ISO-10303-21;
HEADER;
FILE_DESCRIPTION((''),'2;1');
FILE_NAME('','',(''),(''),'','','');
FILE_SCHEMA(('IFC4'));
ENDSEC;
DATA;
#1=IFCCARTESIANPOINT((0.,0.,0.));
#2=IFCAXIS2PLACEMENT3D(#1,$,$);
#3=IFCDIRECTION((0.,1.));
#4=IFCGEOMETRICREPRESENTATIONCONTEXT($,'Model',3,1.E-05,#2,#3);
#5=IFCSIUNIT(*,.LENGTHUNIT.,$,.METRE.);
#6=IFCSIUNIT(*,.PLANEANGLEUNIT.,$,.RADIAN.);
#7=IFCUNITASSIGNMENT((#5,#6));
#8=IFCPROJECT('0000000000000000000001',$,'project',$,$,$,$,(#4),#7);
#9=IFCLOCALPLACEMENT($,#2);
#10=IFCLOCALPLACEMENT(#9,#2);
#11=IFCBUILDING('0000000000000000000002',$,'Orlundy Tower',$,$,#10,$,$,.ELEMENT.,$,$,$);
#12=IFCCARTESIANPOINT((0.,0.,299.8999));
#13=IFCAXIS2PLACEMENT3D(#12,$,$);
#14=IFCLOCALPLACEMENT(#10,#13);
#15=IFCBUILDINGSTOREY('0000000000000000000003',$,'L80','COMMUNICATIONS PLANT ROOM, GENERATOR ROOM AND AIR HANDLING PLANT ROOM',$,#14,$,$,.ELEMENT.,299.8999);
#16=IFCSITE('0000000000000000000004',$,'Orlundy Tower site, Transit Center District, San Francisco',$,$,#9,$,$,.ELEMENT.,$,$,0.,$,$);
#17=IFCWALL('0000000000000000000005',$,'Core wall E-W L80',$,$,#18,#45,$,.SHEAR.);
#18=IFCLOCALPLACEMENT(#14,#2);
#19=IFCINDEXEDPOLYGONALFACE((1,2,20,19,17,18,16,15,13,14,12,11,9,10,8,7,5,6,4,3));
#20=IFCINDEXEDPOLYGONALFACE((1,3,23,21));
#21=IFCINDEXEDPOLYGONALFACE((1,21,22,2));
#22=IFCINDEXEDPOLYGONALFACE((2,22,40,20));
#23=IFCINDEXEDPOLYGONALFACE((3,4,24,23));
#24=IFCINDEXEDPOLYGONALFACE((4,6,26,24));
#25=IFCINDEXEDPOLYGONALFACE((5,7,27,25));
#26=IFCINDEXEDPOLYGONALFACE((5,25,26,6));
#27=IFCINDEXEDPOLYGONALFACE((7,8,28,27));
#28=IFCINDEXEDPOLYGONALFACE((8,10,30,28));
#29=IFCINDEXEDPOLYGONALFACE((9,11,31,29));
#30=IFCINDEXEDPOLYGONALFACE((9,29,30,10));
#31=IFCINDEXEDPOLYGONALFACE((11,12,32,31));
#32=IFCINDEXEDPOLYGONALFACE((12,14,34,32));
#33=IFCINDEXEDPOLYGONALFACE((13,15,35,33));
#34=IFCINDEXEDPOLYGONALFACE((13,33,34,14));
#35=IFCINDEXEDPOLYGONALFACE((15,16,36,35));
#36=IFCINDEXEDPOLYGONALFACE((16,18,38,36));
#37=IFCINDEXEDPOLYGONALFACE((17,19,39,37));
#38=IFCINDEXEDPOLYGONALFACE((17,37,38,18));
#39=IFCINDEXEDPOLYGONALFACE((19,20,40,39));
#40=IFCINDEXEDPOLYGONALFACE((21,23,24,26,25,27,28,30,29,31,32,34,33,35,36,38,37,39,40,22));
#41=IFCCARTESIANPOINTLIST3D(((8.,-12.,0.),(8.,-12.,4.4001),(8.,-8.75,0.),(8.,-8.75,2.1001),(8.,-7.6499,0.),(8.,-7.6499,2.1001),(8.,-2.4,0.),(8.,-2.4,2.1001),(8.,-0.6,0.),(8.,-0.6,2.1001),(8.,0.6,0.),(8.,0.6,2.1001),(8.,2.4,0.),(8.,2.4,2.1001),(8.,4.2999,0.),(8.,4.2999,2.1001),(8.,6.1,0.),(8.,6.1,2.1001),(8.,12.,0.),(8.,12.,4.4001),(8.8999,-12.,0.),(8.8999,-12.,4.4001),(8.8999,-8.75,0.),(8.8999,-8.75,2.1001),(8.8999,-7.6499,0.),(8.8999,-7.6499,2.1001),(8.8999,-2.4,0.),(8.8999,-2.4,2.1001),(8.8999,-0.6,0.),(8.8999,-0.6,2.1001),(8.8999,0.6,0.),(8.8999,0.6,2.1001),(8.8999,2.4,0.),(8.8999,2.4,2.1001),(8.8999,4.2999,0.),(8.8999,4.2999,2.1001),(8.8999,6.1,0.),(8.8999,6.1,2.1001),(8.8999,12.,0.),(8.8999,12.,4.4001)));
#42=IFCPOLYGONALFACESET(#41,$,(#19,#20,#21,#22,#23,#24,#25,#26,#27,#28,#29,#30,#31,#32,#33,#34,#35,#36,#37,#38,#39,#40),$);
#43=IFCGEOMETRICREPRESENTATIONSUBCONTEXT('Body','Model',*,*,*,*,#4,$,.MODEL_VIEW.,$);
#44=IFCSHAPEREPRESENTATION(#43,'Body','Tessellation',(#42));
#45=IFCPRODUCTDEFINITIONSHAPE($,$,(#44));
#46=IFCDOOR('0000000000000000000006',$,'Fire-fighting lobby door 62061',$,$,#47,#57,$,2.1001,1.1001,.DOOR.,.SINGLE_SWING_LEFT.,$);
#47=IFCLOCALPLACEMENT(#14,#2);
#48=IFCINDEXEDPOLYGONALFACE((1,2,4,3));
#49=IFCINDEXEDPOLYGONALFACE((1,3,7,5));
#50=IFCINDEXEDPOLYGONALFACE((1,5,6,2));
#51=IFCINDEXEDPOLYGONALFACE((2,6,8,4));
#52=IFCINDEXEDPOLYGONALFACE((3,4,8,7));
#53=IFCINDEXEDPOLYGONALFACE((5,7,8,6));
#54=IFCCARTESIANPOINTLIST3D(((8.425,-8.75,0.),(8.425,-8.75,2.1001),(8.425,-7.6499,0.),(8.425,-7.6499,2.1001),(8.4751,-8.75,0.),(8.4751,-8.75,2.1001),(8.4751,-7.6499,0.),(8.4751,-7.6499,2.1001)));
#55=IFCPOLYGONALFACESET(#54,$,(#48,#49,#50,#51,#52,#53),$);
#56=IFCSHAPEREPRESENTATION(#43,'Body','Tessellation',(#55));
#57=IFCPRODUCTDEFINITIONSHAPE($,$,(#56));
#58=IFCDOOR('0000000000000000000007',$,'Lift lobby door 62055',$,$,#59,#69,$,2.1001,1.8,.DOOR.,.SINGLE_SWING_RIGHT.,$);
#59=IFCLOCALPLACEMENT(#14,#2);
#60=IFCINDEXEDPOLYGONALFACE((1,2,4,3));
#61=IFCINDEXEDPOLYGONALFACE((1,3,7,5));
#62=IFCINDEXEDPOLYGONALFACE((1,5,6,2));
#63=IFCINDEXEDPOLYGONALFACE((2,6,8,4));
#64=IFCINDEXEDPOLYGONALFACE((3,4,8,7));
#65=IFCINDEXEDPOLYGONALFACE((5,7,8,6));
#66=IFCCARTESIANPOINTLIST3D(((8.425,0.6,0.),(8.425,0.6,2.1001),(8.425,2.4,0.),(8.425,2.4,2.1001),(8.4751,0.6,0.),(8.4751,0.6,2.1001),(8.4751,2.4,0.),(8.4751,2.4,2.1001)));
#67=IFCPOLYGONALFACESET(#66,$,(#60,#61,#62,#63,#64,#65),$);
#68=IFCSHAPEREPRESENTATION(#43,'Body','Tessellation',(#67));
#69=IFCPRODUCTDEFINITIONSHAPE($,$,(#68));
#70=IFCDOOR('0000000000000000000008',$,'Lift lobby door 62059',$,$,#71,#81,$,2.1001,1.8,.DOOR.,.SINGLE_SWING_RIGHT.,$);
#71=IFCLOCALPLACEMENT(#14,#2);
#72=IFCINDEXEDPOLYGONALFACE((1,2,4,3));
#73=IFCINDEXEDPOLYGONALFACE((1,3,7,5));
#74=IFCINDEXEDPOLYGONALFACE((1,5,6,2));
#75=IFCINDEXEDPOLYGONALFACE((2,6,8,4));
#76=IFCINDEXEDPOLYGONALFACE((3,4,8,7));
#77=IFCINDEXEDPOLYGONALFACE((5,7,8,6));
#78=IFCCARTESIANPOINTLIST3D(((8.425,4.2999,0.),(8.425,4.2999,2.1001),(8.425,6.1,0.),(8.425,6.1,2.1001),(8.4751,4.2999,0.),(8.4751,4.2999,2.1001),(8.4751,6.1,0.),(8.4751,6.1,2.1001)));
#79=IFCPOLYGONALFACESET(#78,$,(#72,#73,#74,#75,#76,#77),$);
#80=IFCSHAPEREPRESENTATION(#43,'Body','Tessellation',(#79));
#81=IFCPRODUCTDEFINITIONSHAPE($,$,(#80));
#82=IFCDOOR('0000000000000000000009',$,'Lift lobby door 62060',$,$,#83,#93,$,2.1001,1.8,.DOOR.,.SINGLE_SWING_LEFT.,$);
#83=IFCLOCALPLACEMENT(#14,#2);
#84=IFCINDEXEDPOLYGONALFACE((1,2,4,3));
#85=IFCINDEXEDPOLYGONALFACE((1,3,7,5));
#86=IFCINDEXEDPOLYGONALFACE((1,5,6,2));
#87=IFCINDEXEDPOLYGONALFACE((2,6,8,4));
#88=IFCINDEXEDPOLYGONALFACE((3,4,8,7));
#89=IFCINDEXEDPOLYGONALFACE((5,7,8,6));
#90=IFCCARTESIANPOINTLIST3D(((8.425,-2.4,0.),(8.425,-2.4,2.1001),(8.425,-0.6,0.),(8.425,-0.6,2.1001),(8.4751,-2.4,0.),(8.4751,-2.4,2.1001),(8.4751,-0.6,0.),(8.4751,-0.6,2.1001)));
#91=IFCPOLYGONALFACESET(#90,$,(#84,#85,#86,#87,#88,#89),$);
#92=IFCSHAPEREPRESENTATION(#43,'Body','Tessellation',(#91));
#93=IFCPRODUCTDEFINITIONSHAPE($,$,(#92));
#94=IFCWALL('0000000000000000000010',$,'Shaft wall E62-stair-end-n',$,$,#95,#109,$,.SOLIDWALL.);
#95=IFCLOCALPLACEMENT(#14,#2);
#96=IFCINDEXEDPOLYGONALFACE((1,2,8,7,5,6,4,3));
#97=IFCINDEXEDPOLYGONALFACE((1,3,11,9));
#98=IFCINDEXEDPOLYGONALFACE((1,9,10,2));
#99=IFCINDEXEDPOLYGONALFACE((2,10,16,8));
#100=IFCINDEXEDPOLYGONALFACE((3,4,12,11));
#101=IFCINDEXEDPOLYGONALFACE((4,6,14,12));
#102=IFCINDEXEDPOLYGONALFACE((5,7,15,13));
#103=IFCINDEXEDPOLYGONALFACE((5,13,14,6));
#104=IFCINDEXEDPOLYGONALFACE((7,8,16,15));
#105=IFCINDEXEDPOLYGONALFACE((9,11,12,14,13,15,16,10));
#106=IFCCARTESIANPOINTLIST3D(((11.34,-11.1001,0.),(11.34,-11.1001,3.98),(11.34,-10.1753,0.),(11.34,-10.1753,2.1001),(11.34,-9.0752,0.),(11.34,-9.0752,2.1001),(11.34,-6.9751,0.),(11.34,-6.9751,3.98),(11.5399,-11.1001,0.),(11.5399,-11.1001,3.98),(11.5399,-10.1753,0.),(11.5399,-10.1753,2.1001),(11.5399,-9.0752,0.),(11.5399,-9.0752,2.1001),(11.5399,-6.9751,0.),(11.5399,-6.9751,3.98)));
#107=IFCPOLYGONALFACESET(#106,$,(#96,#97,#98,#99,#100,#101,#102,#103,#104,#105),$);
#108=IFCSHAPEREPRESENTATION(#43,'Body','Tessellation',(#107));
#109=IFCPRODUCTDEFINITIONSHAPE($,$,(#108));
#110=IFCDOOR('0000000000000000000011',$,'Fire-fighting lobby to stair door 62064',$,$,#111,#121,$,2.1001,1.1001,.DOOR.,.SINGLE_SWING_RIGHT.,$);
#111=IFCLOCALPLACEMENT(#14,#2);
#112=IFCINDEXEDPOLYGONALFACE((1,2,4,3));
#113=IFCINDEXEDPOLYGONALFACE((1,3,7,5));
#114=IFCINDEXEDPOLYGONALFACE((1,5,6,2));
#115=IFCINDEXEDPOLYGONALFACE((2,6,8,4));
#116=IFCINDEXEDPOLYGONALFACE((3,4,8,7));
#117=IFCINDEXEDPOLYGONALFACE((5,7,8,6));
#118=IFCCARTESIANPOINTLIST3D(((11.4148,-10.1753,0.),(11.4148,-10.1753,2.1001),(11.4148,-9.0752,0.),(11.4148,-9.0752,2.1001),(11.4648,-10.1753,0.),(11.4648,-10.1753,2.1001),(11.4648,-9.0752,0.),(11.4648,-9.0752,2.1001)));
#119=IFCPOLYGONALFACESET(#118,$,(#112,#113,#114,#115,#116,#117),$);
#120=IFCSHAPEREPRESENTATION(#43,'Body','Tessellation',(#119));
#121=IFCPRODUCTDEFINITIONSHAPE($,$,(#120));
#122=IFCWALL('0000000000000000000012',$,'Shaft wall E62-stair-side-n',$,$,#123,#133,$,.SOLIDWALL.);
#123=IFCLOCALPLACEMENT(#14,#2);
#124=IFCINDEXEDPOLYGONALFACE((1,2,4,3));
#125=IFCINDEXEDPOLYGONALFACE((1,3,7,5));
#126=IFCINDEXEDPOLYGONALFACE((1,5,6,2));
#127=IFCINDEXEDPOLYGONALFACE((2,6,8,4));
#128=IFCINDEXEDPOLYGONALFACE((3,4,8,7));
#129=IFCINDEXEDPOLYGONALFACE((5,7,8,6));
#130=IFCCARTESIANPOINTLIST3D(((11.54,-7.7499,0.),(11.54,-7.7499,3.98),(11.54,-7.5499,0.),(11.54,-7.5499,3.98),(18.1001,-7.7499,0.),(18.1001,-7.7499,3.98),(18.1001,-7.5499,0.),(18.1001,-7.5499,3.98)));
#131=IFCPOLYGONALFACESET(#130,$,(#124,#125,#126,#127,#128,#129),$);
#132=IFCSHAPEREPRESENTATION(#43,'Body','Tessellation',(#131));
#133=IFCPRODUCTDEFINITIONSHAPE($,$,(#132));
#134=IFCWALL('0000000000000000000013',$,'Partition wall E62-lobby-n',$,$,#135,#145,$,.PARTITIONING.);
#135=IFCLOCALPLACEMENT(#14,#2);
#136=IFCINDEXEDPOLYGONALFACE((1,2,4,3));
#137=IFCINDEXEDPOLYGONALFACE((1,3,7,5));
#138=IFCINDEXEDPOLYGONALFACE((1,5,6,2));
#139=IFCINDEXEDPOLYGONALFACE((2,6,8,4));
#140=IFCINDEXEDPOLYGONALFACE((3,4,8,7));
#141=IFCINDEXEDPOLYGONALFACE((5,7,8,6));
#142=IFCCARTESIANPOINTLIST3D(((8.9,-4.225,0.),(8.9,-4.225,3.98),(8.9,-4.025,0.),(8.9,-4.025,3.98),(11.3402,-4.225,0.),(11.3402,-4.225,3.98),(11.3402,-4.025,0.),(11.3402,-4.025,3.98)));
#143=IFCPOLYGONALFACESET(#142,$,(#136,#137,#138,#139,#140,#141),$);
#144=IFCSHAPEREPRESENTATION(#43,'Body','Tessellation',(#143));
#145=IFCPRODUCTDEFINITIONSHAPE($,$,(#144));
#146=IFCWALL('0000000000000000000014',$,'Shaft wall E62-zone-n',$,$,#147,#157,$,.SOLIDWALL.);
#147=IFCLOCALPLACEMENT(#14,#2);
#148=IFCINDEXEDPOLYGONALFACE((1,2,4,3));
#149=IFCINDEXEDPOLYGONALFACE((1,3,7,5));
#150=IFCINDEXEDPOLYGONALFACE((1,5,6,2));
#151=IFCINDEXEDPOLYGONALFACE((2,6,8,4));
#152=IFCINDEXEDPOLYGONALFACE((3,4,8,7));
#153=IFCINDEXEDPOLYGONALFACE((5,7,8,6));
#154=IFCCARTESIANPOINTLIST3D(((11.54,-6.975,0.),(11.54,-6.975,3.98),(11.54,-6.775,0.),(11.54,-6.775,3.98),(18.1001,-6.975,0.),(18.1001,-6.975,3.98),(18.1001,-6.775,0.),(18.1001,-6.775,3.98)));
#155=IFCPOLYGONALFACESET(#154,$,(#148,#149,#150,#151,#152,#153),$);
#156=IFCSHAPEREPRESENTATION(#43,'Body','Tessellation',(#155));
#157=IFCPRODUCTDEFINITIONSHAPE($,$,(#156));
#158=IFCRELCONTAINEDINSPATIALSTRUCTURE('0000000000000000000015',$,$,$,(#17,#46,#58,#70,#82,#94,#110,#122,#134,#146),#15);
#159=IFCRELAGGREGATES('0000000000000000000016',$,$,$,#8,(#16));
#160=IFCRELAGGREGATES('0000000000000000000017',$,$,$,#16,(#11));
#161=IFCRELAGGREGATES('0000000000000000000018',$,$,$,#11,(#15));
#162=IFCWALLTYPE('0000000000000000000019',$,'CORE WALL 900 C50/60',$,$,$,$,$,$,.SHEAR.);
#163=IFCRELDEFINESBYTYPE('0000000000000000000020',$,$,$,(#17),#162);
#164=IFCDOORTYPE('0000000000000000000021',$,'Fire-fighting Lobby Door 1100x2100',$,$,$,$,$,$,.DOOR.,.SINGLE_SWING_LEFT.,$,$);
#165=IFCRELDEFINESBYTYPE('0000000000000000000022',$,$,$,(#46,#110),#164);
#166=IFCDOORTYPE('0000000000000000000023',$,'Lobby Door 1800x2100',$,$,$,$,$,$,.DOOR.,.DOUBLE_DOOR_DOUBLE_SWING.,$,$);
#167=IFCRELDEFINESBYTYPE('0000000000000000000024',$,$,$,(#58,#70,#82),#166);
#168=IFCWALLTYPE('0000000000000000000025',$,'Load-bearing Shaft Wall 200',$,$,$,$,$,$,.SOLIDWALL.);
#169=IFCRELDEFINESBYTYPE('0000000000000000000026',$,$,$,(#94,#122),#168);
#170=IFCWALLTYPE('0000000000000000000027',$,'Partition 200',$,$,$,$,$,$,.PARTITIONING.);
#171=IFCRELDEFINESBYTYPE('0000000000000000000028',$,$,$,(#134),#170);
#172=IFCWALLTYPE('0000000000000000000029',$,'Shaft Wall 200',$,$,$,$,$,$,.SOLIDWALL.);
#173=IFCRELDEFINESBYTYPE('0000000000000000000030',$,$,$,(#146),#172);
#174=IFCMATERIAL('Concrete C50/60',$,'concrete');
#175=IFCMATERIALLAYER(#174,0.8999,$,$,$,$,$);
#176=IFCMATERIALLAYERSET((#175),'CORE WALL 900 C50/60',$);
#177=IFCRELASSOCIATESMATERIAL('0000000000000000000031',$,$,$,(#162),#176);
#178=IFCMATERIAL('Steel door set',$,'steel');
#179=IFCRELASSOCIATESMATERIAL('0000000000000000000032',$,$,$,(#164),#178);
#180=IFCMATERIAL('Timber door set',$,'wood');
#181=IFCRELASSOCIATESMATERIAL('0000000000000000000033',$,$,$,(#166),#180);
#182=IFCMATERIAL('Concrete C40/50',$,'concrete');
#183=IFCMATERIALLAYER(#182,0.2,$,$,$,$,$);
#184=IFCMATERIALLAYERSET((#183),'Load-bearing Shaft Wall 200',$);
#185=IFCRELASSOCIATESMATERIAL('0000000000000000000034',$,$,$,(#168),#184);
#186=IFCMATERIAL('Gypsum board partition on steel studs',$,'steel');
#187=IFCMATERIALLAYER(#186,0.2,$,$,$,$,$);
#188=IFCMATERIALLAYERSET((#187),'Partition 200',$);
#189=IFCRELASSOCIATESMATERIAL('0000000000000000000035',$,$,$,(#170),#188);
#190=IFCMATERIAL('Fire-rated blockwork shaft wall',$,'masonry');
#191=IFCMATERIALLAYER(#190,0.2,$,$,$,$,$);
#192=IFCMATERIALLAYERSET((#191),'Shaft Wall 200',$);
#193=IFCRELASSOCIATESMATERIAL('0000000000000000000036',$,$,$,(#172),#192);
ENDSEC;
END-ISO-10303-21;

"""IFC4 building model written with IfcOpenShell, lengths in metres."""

from ifc_helpers import new_model, si_unit, direction, frame, frame_2d, origin, place, context, subcontext, project, spatial, rectangle, extrude, material, layer, layer_set, type_object, element, fill, save


model = new_model("IFC4")

# Units and contexts
model_context = context("Model", 3, precision=1e-05, world=origin(), true_north=direction((0.0, 1.0)))
body_context = subcontext(model_context, "Body", "Model", "MODEL_VIEW")
ifc_project = project(units=[si_unit("LENGTHUNIT", "METRE"), si_unit("PLANEANGLEUNIT", "RADIAN")], contexts=[model_context])

# Site, building, storey
site_placement = place(None, origin())
site = spatial("IfcSite", under=ifc_project, at=site_placement, Name="Orlundy Tower site, Transit Center District, San Francisco", CompositionType="ELEMENT", RefElevation=0.0)
building_placement = place(site_placement, origin())
building = spatial("IfcBuilding", under=site, at=building_placement, Name="Orlundy Tower", CompositionType="ELEMENT")
storey_placement = place(building_placement, frame((0.0, 0.0, 299.8999)))
storey = spatial("IfcBuildingStorey", under=building, at=storey_placement, Name="L80", Description="COMMUNICATIONS PLANT ROOM, GENERATOR ROOM AND AIR HANDLING PLANT ROOM", CompositionType="ELEMENT", Elevation=299.8999)

# Shared definitions
ifc_material_1 = material(Name="Concrete C50/60", Category="concrete")
ifc_layer_1 = layer(ifc_material_1, 0.8999)
ifc_layer_set_1 = layer_set([ifc_layer_1], Name="CORE WALL 900 C50/60")
wall_type_1 = type_object("IfcWallType", Name="CORE WALL 900 C50/60", PredefinedType="SHEAR", material=ifc_layer_set_1)

# Wall, openings, doors
wall_1_placement = place(storey_placement, frame((8.45, -12.0, 0.0), z_axis=(0.0, 0.0, 1.0), x_axis=(0.0, 1.0, 0.0)))
wall_1 = element("IfcWall", 1, at=wall_1_placement, inside=storey, type_object=wall_type_1, Name="Core wall E-W L80", PredefinedType="SHEAR", context=body_context, shape_type="SweptSolid", body=[
    extrude(rectangle(XDim=24.0, YDim=0.8999, at=frame_2d((12.0, 0.0))), origin(), (0.0, 0.0, 1.0), 4.4001),
])
opening_1_placement = place(wall_1_placement, frame((12.6001, 0.0, 0.0)))
opening_1 = element("IfcOpeningElement", 2, at=opening_1_placement, cuts=wall_1, PredefinedType="OPENING", context=body_context, shape_type="SweptSolid", body=[
    extrude(rectangle(XDim=1.8, YDim=2.1001, at=frame_2d((0.8999, 1.05))), frame((0.0, 0.46, 0.0), z_axis=(0.0, -1.0, 0.0), x_axis=(1.0, 0.0, 0.0)), (0.0, 0.0, 1.0), 0.9199),
])
opening_2_placement = place(wall_1_placement, frame((16.3, 0.0, 0.0)))
opening_2 = element("IfcOpeningElement", 3, at=opening_2_placement, cuts=wall_1, PredefinedType="OPENING", context=body_context, shape_type="SweptSolid", body=[
    extrude(rectangle(XDim=1.8, YDim=2.1001, at=frame_2d((0.8999, 1.05))), frame((0.0, 0.46, 0.0), z_axis=(0.0, -1.0, 0.0), x_axis=(1.0, 0.0, 0.0)), (0.0, 0.0, 1.0), 0.9199),
])
opening_3_placement = place(wall_1_placement, frame((9.6001, 0.0, 0.0)))
opening_3 = element("IfcOpeningElement", 4, at=opening_3_placement, cuts=wall_1, PredefinedType="OPENING", context=body_context, shape_type="SweptSolid", body=[
    extrude(rectangle(XDim=1.8, YDim=2.1001, at=frame_2d((0.8999, 1.05))), frame((0.0, 0.46, 0.0), z_axis=(0.0, -1.0, 0.0), x_axis=(1.0, 0.0, 0.0)), (0.0, 0.0, 1.0), 0.9199),
])
opening_4_placement = place(wall_1_placement, frame((3.25, 0.0, 0.0)))
opening_4 = element("IfcOpeningElement", 5, at=opening_4_placement, cuts=wall_1, PredefinedType="OPENING", context=body_context, shape_type="SweptSolid", body=[
    extrude(rectangle(XDim=1.1001, YDim=2.1001, at=frame_2d((0.55, 1.05))), frame((0.0, 0.46, 0.0), z_axis=(0.0, -1.0, 0.0), x_axis=(1.0, 0.0, 0.0)), (0.0, 0.0, 1.0), 0.9199),
])
ifc_material_2 = material(Name="Steel door set", Category="steel")
door_type_1 = type_object("IfcDoorType", Name="Fire-fighting Lobby Door 1100x2100", OperationType="SINGLE_SWING_LEFT", PredefinedType="DOOR", material=ifc_material_2)
door_1_placement = place(opening_4_placement, origin())
door_1 = element("IfcDoor", 6, at=door_1_placement, inside=storey, type_object=door_type_1, Name="Fire-fighting lobby door 62061", OperationType="SINGLE_SWING_LEFT", OverallHeight=2.1001, OverallWidth=1.1001, PredefinedType="DOOR", context=body_context, shape_type="SweptSolid", body=[
    extrude(rectangle(XDim=1.1001, YDim=2.1001, at=frame_2d((0.55, 1.05))), frame((0.0, 0.0249, 0.0), z_axis=(0.0, -1.0, 0.0), x_axis=(1.0, 0.0, 0.0)), (0.0, 0.0, 1.0), 0.05),
])
fill(opening_4, door_1)
ifc_material_3 = material(Name="Timber door set", Category="wood")
door_type_2 = type_object("IfcDoorType", Name="Lobby Door 1800x2100", OperationType="DOUBLE_DOOR_DOUBLE_SWING", PredefinedType="DOOR", material=ifc_material_3)
door_2_placement = place(opening_1_placement, origin())
door_2 = element("IfcDoor", 7, at=door_2_placement, inside=storey, type_object=door_type_2, Name="Lift lobby door 62055", OperationType="SINGLE_SWING_RIGHT", OverallHeight=2.1001, OverallWidth=1.8, PredefinedType="DOOR", context=body_context, shape_type="SweptSolid", body=[
    extrude(rectangle(XDim=1.8, YDim=2.1001, at=frame_2d((0.8999, 1.05))), frame((0.0, 0.0249, 0.0), z_axis=(0.0, -1.0, 0.0), x_axis=(1.0, 0.0, 0.0)), (0.0, 0.0, 1.0), 0.05),
])
fill(opening_1, door_2)
door_3_placement = place(opening_2_placement, origin())
door_3 = element("IfcDoor", 8, at=door_3_placement, inside=storey, type_object=door_type_2, Name="Lift lobby door 62059", OperationType="SINGLE_SWING_RIGHT", OverallHeight=2.1001, OverallWidth=1.8, PredefinedType="DOOR", context=body_context, shape_type="SweptSolid", body=[
    extrude(rectangle(XDim=1.8, YDim=2.1001, at=frame_2d((0.8999, 1.05))), frame((0.0, 0.0249, 0.0), z_axis=(0.0, -1.0, 0.0), x_axis=(1.0, 0.0, 0.0)), (0.0, 0.0, 1.0), 0.05),
])
fill(opening_2, door_3)
door_4_placement = place(opening_3_placement, origin())
door_4 = element("IfcDoor", 9, at=door_4_placement, inside=storey, type_object=door_type_2, Name="Lift lobby door 62060", OperationType="SINGLE_SWING_LEFT", OverallHeight=2.1001, OverallWidth=1.8, PredefinedType="DOOR", context=body_context, shape_type="SweptSolid", body=[
    extrude(rectangle(XDim=1.8, YDim=2.1001, at=frame_2d((0.8999, 1.05))), frame((0.0, 0.0249, 0.0), z_axis=(0.0, -1.0, 0.0), x_axis=(1.0, 0.0, 0.0)), (0.0, 0.0, 1.0), 0.05),
])
fill(opening_3, door_4)

# Wall, opening, door
ifc_material_4 = material(Name="Concrete C40/50", Category="concrete")
ifc_layer_2 = layer(ifc_material_4, 0.2)
ifc_layer_set_2 = layer_set([ifc_layer_2], Name="Load-bearing Shaft Wall 200")
wall_type_2 = type_object("IfcWallType", Name="Load-bearing Shaft Wall 200", PredefinedType="SOLIDWALL", material=ifc_layer_set_2)
wall_2_placement = place(storey_placement, frame((11.4399, -6.9751, 0.0), z_axis=(0.0, 0.0, 1.0), x_axis=(0.0, -1.0, 0.0)))
wall_2 = element("IfcWall", 10, at=wall_2_placement, inside=storey, type_object=wall_type_2, Name="Shaft wall E62-stair-end-n", PredefinedType="SOLIDWALL", context=body_context, shape_type="SweptSolid", body=[
    extrude(rectangle(XDim=4.125, YDim=0.2, at=frame_2d((2.0625, 0.0))), origin(), (0.0, 0.0, 1.0), 3.98),
])
opening_5_placement = place(wall_2_placement, frame((2.1001, 0.0, 0.0)))
opening_5 = element("IfcOpeningElement", 11, at=opening_5_placement, cuts=wall_2, PredefinedType="OPENING", context=body_context, shape_type="SweptSolid", body=[
    extrude(rectangle(XDim=1.1001, YDim=2.1001, at=frame_2d((0.55, 1.05))), frame((0.0, 0.1101, 0.0), z_axis=(0.0, -1.0, 0.0), x_axis=(1.0, 0.0, 0.0)), (0.0, 0.0, 1.0), 0.2202),
])
door_5_placement = place(opening_5_placement, origin())
door_5 = element("IfcDoor", 12, at=door_5_placement, inside=storey, type_object=door_type_1, Name="Fire-fighting lobby to stair door 62064", OperationType="SINGLE_SWING_RIGHT", OverallHeight=2.1001, OverallWidth=1.1001, PredefinedType="DOOR", context=body_context, shape_type="SweptSolid", body=[
    extrude(rectangle(XDim=1.1001, YDim=2.1001, at=frame_2d((0.55, 1.05))), frame((0.0, 0.0249, 0.0), z_axis=(0.0, -1.0, 0.0), x_axis=(1.0, 0.0, 0.0)), (0.0, 0.0, 1.0), 0.05),
])
fill(opening_5, door_5)

# Walls
wall_3_placement = place(storey_placement, frame((11.54, -7.6499, 0.0), z_axis=(0.0, 0.0, 1.0), x_axis=(1.0, 0.0, 0.0)))
element("IfcWall", 13, at=wall_3_placement, inside=storey, type_object=wall_type_2, Name="Shaft wall E62-stair-side-n", PredefinedType="SOLIDWALL", context=body_context, shape_type="SweptSolid", body=[
    extrude(rectangle(XDim=6.5601, YDim=0.2, at=frame_2d((3.28, 0.0))), origin(), (0.0, 0.0, 1.0), 3.98),
])
ifc_material_5 = material(Name="Gypsum board partition on steel studs", Category="steel")
ifc_layer_3 = layer(ifc_material_5, 0.2)
ifc_layer_set_3 = layer_set([ifc_layer_3], Name="Partition 200")
wall_type_3 = type_object("IfcWallType", Name="Partition 200", PredefinedType="PARTITIONING", material=ifc_layer_set_3)
wall_4_placement = place(storey_placement, frame((8.8999, -4.125, 0.0), z_axis=(0.0, 0.0, 1.0), x_axis=(1.0, 0.0, 0.0)))
element("IfcWall", 14, at=wall_4_placement, inside=storey, type_object=wall_type_3, Name="Partition wall E62-lobby-n", PredefinedType="PARTITIONING", context=body_context, shape_type="SweptSolid", body=[
    extrude(rectangle(XDim=2.4402, YDim=0.2, at=frame_2d((1.2202, 0.0))), origin(), (0.0, 0.0, 1.0), 3.98),
])
ifc_material_6 = material(Name="Fire-rated blockwork shaft wall", Category="masonry")
ifc_layer_4 = layer(ifc_material_6, 0.2)
ifc_layer_set_4 = layer_set([ifc_layer_4], Name="Shaft Wall 200")
wall_type_4 = type_object("IfcWallType", Name="Shaft Wall 200", PredefinedType="SOLIDWALL", material=ifc_layer_set_4)
wall_5_placement = place(storey_placement, frame((11.54, -6.875, 0.0), z_axis=(0.0, 0.0, 1.0), x_axis=(1.0, 0.0, 0.0)))
element("IfcWall", 15, at=wall_5_placement, inside=storey, type_object=wall_type_4, Name="Shaft wall E62-zone-n", PredefinedType="SOLIDWALL", context=body_context, shape_type="SweptSolid", body=[
    extrude(rectangle(XDim=6.5601, YDim=0.2, at=frame_2d((3.28, 0.0))), origin(), (0.0, 0.0, 1.0), 3.98),
])

save(model, "model.ifc")
